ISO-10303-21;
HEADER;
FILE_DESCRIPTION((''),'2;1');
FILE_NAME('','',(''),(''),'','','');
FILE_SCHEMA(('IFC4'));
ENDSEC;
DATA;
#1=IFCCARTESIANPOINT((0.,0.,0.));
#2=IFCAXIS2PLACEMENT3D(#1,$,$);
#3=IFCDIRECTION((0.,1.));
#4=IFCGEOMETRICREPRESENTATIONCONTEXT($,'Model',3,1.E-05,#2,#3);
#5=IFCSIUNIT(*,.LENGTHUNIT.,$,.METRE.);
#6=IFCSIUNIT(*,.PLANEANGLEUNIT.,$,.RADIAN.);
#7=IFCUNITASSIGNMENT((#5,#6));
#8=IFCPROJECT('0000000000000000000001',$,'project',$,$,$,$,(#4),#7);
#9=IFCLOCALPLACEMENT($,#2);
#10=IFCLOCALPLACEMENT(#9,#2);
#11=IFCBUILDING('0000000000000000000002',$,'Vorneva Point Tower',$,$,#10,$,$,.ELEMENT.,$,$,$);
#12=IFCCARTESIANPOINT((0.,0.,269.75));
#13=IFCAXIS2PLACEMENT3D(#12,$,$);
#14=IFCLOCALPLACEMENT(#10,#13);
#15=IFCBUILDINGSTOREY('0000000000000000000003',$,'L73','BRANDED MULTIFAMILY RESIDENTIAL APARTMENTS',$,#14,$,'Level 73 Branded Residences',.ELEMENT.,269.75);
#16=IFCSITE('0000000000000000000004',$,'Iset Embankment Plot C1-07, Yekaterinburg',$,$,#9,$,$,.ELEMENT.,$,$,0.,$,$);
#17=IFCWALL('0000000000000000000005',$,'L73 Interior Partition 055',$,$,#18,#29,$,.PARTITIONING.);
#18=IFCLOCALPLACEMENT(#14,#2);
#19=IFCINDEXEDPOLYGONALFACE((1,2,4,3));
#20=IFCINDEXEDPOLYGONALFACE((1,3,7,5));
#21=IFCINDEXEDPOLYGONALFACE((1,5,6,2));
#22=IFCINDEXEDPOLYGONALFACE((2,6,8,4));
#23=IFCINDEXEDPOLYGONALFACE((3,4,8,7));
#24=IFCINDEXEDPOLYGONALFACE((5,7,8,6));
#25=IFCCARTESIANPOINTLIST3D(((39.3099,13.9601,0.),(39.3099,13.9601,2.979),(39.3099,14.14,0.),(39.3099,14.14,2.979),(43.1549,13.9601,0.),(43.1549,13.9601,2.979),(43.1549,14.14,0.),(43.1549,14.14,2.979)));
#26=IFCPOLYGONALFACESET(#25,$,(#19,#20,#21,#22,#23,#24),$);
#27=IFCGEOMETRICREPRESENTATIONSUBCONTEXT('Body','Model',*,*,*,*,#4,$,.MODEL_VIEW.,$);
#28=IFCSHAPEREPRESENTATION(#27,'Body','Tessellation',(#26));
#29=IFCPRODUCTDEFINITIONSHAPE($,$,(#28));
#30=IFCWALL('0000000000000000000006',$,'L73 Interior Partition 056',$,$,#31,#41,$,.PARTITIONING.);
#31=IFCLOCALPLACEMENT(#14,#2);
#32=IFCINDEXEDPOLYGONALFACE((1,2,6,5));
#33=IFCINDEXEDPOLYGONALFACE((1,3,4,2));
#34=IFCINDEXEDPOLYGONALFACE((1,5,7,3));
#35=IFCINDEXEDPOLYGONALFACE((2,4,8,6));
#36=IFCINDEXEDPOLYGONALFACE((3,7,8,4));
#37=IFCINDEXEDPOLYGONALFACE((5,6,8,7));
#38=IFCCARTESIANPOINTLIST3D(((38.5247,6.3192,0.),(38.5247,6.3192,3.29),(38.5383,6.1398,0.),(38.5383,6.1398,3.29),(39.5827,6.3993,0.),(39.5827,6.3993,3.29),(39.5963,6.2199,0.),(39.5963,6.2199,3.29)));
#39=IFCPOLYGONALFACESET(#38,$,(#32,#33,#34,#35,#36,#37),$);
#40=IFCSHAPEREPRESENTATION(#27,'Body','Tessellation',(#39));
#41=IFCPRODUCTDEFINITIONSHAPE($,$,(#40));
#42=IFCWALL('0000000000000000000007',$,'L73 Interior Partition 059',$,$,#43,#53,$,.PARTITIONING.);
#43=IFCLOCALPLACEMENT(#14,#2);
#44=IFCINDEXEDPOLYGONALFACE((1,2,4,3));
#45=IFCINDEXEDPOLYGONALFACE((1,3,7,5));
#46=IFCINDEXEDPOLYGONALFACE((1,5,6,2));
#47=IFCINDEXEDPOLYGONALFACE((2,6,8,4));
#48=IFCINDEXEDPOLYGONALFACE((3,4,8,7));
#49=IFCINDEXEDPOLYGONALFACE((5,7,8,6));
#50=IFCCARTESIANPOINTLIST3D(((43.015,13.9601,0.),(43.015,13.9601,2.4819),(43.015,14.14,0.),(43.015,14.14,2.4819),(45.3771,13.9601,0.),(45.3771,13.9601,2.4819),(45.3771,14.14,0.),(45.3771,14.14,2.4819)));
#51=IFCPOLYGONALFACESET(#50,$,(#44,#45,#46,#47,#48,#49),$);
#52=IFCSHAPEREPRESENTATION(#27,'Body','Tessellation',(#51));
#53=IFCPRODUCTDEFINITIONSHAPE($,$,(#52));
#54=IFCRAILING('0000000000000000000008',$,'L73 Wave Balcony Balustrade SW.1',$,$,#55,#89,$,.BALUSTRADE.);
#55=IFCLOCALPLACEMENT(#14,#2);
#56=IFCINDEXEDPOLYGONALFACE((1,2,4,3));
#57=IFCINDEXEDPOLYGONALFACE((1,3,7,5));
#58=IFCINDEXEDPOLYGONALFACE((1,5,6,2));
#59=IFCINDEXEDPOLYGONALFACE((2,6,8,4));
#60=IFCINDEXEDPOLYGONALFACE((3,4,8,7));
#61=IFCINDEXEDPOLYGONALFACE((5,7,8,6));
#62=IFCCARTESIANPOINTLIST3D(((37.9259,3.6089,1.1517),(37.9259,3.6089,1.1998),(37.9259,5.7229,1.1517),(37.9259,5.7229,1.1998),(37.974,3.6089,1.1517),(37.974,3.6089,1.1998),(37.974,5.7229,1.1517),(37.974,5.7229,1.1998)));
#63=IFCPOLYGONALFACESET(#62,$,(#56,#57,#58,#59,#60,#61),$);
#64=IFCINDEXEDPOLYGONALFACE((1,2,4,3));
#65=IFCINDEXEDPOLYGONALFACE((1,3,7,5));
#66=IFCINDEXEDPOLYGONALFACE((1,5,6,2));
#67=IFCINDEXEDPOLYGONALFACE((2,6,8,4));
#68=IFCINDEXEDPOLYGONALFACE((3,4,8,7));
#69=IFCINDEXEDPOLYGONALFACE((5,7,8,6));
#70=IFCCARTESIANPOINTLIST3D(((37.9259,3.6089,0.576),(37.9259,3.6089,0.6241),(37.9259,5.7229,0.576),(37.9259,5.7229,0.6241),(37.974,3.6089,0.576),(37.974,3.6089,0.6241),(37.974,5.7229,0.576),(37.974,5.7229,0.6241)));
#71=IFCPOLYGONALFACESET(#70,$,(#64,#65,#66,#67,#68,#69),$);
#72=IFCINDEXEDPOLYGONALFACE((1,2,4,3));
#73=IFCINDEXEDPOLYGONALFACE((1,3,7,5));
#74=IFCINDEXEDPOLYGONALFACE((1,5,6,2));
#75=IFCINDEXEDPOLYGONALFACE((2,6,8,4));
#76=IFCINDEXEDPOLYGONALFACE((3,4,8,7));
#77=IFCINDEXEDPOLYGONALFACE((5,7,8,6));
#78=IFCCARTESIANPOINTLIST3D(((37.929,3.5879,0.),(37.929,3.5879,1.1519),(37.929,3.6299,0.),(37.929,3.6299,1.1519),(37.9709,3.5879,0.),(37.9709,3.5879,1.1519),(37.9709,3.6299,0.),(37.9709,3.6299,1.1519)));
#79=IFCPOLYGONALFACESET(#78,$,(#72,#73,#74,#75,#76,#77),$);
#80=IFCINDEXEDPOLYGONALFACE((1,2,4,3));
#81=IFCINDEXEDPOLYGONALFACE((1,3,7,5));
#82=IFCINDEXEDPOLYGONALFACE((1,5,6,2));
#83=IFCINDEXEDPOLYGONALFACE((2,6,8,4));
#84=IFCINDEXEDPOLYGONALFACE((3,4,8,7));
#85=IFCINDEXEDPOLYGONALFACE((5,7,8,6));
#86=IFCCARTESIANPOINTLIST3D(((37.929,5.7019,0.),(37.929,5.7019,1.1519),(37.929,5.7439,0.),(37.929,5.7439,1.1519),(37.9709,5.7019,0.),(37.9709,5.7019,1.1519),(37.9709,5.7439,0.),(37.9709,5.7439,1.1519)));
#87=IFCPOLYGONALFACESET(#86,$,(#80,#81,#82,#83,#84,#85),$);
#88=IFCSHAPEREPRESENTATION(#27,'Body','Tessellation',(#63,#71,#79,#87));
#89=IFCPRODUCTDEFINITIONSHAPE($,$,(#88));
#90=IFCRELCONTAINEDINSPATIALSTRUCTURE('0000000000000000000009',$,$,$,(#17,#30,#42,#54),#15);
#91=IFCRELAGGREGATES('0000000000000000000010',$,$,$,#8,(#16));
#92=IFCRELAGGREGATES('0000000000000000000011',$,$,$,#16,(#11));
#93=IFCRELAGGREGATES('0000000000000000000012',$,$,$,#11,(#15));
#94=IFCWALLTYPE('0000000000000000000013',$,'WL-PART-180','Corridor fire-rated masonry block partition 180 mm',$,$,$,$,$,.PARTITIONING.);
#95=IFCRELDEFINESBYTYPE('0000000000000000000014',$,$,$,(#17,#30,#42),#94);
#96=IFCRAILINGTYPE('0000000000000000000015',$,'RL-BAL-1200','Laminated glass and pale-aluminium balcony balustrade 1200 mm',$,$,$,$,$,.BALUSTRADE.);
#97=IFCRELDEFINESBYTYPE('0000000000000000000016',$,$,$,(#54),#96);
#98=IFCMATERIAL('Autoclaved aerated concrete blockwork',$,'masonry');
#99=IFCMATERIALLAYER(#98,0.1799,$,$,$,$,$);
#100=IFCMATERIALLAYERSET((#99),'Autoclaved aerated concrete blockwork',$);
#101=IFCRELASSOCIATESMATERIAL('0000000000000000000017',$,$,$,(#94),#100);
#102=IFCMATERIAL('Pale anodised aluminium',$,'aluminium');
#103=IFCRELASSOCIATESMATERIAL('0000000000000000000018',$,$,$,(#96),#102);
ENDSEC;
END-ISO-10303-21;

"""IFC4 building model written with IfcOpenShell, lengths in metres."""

from ifc_helpers import new_model, si_unit, direction, frame, frame_2d, origin, origin_2d, place, context, subcontext, project, spatial, rectangle, extrude, material, layer, layer_set, type_object, element, save


model = new_model("IFC4")

# Units and contexts
model_context = context("Model", 3, precision=1e-05, world=origin(), true_north=direction((0.0, 1.0)))
body_context = subcontext(model_context, "Body", "Model", "MODEL_VIEW")
ifc_project = project(units=[si_unit("LENGTHUNIT", "METRE"), si_unit("PLANEANGLEUNIT", "RADIAN")], contexts=[model_context])

# Site, building, storey
site_placement = place(None, origin())
site = spatial("IfcSite", under=ifc_project, at=site_placement, Name="Iset Embankment Plot C1-07, Yekaterinburg", CompositionType="ELEMENT", RefElevation=0.0)
building_placement = place(site_placement, origin())
building = spatial("IfcBuilding", under=site, at=building_placement, Name="Vorneva Point Tower", CompositionType="ELEMENT")
storey_placement = place(building_placement, frame((0.0, 0.0, 269.75)))
storey = spatial("IfcBuildingStorey", under=building, at=storey_placement, Name="L73", Description="BRANDED MULTIFAMILY RESIDENTIAL APARTMENTS", LongName="Level 73 Branded Residences", CompositionType="ELEMENT", Elevation=269.75)

# Shared definitions
ifc_material_1 = material(Name="Pale anodised aluminium", Category="aluminium")

# Shared definitions
ifc_material_2 = material(Name="Autoclaved aerated concrete blockwork", Category="masonry")
ifc_layer_1 = layer(ifc_material_2, 0.1799)
ifc_layer_set_1 = layer_set([ifc_layer_1], Name="Autoclaved aerated concrete blockwork")
wall_type_1 = type_object("IfcWallType", Name="WL-PART-180", Description="Corridor fire-rated masonry block partition 180 mm", PredefinedType="PARTITIONING", material=ifc_layer_set_1)

# Walls
wall_1_placement = place(storey_placement, frame((39.3101, 14.05, 0.0), z_axis=(0.0, 0.0, 1.0), x_axis=(1.0, 0.0, 0.0)))
element("IfcWall", 1, at=wall_1_placement, inside=storey, type_object=wall_type_1, Name="L73 Interior Partition 055", PredefinedType="PARTITIONING", context=body_context, shape_type="SweptSolid", body=[
    extrude(rectangle(XDim=3.845, YDim=0.1799, at=frame_2d((1.9224, 0.0))), origin(), (0.0, 0.0, 1.0), 2.979),
])
wall_2_placement = place(storey_placement, frame((38.5315, 6.2295, 0.0), z_axis=(0.0, 0.0, 1.0), x_axis=(0.997148, 0.075465, 0.0)))
element("IfcWall", 2, at=wall_2_placement, inside=storey, type_object=wall_type_1, Name="L73 Interior Partition 056", PredefinedType="PARTITIONING", context=body_context, shape_type="SweptSolid", body=[
    extrude(rectangle(XDim=1.061, YDim=0.1799, at=frame_2d((0.5305, 0.0))), origin(), (0.0, 0.0, 1.0), 3.29),
])

# Wall
wall_3_placement = place(storey_placement, frame((43.0149, 14.05, 0.0), z_axis=(0.0, 0.0, 1.0), x_axis=(1.0, 0.0, 0.0)))
element("IfcWall", 3, at=wall_3_placement, inside=storey, type_object=wall_type_1, Name="L73 Interior Partition 059", PredefinedType="PARTITIONING", context=body_context, shape_type="SweptSolid", body=[
    extrude(rectangle(XDim=2.3621, YDim=0.1799, at=frame_2d((1.1812, 0.0))), origin(), (0.0, 0.0, 1.0), 2.4819),
])

# Railing
railing_type = type_object("IfcRailingType", Name="RL-BAL-1200", Description="Laminated glass and pale-aluminium balcony balustrade 1200 mm", PredefinedType="BALUSTRADE", material=ifc_material_1)
railing_placement = place(storey_placement, frame((37.95, 3.6089, 0.0)))
element("IfcRailing", 4, at=railing_placement, inside=storey, type_object=railing_type, Name="L73 Wave Balcony Balustrade SW.1", PredefinedType="BALUSTRADE", context=body_context, shape_type="SweptSolid", body=[
    extrude(rectangle(XDim=0.0481, YDim=0.0481, at=origin_2d()), frame((0.0, 0.0, 1.1758), z_axis=(0.0, 1.0, 0.0), x_axis=(-1.0, 0.0, 0.0)), (0.0, 0.0, 1.0), 2.114),
    extrude(rectangle(XDim=0.0481, YDim=0.0481, at=origin_2d()), frame((0.0, 0.0, 0.6001), z_axis=(0.0, 1.0, 0.0), x_axis=(-1.0, 0.0, 0.0)), (0.0, 0.0, 1.0), 2.114),
    extrude(rectangle(XDim=0.042, YDim=0.042, at=origin_2d()), origin(), (0.0, 0.0, 1.0), 1.1519),
    extrude(rectangle(XDim=0.042, YDim=0.042, at=origin_2d()), frame((0.0, 2.114, 0.0)), (0.0, 0.0, 1.0), 1.1519),
])

save(model, "model.ifc")
